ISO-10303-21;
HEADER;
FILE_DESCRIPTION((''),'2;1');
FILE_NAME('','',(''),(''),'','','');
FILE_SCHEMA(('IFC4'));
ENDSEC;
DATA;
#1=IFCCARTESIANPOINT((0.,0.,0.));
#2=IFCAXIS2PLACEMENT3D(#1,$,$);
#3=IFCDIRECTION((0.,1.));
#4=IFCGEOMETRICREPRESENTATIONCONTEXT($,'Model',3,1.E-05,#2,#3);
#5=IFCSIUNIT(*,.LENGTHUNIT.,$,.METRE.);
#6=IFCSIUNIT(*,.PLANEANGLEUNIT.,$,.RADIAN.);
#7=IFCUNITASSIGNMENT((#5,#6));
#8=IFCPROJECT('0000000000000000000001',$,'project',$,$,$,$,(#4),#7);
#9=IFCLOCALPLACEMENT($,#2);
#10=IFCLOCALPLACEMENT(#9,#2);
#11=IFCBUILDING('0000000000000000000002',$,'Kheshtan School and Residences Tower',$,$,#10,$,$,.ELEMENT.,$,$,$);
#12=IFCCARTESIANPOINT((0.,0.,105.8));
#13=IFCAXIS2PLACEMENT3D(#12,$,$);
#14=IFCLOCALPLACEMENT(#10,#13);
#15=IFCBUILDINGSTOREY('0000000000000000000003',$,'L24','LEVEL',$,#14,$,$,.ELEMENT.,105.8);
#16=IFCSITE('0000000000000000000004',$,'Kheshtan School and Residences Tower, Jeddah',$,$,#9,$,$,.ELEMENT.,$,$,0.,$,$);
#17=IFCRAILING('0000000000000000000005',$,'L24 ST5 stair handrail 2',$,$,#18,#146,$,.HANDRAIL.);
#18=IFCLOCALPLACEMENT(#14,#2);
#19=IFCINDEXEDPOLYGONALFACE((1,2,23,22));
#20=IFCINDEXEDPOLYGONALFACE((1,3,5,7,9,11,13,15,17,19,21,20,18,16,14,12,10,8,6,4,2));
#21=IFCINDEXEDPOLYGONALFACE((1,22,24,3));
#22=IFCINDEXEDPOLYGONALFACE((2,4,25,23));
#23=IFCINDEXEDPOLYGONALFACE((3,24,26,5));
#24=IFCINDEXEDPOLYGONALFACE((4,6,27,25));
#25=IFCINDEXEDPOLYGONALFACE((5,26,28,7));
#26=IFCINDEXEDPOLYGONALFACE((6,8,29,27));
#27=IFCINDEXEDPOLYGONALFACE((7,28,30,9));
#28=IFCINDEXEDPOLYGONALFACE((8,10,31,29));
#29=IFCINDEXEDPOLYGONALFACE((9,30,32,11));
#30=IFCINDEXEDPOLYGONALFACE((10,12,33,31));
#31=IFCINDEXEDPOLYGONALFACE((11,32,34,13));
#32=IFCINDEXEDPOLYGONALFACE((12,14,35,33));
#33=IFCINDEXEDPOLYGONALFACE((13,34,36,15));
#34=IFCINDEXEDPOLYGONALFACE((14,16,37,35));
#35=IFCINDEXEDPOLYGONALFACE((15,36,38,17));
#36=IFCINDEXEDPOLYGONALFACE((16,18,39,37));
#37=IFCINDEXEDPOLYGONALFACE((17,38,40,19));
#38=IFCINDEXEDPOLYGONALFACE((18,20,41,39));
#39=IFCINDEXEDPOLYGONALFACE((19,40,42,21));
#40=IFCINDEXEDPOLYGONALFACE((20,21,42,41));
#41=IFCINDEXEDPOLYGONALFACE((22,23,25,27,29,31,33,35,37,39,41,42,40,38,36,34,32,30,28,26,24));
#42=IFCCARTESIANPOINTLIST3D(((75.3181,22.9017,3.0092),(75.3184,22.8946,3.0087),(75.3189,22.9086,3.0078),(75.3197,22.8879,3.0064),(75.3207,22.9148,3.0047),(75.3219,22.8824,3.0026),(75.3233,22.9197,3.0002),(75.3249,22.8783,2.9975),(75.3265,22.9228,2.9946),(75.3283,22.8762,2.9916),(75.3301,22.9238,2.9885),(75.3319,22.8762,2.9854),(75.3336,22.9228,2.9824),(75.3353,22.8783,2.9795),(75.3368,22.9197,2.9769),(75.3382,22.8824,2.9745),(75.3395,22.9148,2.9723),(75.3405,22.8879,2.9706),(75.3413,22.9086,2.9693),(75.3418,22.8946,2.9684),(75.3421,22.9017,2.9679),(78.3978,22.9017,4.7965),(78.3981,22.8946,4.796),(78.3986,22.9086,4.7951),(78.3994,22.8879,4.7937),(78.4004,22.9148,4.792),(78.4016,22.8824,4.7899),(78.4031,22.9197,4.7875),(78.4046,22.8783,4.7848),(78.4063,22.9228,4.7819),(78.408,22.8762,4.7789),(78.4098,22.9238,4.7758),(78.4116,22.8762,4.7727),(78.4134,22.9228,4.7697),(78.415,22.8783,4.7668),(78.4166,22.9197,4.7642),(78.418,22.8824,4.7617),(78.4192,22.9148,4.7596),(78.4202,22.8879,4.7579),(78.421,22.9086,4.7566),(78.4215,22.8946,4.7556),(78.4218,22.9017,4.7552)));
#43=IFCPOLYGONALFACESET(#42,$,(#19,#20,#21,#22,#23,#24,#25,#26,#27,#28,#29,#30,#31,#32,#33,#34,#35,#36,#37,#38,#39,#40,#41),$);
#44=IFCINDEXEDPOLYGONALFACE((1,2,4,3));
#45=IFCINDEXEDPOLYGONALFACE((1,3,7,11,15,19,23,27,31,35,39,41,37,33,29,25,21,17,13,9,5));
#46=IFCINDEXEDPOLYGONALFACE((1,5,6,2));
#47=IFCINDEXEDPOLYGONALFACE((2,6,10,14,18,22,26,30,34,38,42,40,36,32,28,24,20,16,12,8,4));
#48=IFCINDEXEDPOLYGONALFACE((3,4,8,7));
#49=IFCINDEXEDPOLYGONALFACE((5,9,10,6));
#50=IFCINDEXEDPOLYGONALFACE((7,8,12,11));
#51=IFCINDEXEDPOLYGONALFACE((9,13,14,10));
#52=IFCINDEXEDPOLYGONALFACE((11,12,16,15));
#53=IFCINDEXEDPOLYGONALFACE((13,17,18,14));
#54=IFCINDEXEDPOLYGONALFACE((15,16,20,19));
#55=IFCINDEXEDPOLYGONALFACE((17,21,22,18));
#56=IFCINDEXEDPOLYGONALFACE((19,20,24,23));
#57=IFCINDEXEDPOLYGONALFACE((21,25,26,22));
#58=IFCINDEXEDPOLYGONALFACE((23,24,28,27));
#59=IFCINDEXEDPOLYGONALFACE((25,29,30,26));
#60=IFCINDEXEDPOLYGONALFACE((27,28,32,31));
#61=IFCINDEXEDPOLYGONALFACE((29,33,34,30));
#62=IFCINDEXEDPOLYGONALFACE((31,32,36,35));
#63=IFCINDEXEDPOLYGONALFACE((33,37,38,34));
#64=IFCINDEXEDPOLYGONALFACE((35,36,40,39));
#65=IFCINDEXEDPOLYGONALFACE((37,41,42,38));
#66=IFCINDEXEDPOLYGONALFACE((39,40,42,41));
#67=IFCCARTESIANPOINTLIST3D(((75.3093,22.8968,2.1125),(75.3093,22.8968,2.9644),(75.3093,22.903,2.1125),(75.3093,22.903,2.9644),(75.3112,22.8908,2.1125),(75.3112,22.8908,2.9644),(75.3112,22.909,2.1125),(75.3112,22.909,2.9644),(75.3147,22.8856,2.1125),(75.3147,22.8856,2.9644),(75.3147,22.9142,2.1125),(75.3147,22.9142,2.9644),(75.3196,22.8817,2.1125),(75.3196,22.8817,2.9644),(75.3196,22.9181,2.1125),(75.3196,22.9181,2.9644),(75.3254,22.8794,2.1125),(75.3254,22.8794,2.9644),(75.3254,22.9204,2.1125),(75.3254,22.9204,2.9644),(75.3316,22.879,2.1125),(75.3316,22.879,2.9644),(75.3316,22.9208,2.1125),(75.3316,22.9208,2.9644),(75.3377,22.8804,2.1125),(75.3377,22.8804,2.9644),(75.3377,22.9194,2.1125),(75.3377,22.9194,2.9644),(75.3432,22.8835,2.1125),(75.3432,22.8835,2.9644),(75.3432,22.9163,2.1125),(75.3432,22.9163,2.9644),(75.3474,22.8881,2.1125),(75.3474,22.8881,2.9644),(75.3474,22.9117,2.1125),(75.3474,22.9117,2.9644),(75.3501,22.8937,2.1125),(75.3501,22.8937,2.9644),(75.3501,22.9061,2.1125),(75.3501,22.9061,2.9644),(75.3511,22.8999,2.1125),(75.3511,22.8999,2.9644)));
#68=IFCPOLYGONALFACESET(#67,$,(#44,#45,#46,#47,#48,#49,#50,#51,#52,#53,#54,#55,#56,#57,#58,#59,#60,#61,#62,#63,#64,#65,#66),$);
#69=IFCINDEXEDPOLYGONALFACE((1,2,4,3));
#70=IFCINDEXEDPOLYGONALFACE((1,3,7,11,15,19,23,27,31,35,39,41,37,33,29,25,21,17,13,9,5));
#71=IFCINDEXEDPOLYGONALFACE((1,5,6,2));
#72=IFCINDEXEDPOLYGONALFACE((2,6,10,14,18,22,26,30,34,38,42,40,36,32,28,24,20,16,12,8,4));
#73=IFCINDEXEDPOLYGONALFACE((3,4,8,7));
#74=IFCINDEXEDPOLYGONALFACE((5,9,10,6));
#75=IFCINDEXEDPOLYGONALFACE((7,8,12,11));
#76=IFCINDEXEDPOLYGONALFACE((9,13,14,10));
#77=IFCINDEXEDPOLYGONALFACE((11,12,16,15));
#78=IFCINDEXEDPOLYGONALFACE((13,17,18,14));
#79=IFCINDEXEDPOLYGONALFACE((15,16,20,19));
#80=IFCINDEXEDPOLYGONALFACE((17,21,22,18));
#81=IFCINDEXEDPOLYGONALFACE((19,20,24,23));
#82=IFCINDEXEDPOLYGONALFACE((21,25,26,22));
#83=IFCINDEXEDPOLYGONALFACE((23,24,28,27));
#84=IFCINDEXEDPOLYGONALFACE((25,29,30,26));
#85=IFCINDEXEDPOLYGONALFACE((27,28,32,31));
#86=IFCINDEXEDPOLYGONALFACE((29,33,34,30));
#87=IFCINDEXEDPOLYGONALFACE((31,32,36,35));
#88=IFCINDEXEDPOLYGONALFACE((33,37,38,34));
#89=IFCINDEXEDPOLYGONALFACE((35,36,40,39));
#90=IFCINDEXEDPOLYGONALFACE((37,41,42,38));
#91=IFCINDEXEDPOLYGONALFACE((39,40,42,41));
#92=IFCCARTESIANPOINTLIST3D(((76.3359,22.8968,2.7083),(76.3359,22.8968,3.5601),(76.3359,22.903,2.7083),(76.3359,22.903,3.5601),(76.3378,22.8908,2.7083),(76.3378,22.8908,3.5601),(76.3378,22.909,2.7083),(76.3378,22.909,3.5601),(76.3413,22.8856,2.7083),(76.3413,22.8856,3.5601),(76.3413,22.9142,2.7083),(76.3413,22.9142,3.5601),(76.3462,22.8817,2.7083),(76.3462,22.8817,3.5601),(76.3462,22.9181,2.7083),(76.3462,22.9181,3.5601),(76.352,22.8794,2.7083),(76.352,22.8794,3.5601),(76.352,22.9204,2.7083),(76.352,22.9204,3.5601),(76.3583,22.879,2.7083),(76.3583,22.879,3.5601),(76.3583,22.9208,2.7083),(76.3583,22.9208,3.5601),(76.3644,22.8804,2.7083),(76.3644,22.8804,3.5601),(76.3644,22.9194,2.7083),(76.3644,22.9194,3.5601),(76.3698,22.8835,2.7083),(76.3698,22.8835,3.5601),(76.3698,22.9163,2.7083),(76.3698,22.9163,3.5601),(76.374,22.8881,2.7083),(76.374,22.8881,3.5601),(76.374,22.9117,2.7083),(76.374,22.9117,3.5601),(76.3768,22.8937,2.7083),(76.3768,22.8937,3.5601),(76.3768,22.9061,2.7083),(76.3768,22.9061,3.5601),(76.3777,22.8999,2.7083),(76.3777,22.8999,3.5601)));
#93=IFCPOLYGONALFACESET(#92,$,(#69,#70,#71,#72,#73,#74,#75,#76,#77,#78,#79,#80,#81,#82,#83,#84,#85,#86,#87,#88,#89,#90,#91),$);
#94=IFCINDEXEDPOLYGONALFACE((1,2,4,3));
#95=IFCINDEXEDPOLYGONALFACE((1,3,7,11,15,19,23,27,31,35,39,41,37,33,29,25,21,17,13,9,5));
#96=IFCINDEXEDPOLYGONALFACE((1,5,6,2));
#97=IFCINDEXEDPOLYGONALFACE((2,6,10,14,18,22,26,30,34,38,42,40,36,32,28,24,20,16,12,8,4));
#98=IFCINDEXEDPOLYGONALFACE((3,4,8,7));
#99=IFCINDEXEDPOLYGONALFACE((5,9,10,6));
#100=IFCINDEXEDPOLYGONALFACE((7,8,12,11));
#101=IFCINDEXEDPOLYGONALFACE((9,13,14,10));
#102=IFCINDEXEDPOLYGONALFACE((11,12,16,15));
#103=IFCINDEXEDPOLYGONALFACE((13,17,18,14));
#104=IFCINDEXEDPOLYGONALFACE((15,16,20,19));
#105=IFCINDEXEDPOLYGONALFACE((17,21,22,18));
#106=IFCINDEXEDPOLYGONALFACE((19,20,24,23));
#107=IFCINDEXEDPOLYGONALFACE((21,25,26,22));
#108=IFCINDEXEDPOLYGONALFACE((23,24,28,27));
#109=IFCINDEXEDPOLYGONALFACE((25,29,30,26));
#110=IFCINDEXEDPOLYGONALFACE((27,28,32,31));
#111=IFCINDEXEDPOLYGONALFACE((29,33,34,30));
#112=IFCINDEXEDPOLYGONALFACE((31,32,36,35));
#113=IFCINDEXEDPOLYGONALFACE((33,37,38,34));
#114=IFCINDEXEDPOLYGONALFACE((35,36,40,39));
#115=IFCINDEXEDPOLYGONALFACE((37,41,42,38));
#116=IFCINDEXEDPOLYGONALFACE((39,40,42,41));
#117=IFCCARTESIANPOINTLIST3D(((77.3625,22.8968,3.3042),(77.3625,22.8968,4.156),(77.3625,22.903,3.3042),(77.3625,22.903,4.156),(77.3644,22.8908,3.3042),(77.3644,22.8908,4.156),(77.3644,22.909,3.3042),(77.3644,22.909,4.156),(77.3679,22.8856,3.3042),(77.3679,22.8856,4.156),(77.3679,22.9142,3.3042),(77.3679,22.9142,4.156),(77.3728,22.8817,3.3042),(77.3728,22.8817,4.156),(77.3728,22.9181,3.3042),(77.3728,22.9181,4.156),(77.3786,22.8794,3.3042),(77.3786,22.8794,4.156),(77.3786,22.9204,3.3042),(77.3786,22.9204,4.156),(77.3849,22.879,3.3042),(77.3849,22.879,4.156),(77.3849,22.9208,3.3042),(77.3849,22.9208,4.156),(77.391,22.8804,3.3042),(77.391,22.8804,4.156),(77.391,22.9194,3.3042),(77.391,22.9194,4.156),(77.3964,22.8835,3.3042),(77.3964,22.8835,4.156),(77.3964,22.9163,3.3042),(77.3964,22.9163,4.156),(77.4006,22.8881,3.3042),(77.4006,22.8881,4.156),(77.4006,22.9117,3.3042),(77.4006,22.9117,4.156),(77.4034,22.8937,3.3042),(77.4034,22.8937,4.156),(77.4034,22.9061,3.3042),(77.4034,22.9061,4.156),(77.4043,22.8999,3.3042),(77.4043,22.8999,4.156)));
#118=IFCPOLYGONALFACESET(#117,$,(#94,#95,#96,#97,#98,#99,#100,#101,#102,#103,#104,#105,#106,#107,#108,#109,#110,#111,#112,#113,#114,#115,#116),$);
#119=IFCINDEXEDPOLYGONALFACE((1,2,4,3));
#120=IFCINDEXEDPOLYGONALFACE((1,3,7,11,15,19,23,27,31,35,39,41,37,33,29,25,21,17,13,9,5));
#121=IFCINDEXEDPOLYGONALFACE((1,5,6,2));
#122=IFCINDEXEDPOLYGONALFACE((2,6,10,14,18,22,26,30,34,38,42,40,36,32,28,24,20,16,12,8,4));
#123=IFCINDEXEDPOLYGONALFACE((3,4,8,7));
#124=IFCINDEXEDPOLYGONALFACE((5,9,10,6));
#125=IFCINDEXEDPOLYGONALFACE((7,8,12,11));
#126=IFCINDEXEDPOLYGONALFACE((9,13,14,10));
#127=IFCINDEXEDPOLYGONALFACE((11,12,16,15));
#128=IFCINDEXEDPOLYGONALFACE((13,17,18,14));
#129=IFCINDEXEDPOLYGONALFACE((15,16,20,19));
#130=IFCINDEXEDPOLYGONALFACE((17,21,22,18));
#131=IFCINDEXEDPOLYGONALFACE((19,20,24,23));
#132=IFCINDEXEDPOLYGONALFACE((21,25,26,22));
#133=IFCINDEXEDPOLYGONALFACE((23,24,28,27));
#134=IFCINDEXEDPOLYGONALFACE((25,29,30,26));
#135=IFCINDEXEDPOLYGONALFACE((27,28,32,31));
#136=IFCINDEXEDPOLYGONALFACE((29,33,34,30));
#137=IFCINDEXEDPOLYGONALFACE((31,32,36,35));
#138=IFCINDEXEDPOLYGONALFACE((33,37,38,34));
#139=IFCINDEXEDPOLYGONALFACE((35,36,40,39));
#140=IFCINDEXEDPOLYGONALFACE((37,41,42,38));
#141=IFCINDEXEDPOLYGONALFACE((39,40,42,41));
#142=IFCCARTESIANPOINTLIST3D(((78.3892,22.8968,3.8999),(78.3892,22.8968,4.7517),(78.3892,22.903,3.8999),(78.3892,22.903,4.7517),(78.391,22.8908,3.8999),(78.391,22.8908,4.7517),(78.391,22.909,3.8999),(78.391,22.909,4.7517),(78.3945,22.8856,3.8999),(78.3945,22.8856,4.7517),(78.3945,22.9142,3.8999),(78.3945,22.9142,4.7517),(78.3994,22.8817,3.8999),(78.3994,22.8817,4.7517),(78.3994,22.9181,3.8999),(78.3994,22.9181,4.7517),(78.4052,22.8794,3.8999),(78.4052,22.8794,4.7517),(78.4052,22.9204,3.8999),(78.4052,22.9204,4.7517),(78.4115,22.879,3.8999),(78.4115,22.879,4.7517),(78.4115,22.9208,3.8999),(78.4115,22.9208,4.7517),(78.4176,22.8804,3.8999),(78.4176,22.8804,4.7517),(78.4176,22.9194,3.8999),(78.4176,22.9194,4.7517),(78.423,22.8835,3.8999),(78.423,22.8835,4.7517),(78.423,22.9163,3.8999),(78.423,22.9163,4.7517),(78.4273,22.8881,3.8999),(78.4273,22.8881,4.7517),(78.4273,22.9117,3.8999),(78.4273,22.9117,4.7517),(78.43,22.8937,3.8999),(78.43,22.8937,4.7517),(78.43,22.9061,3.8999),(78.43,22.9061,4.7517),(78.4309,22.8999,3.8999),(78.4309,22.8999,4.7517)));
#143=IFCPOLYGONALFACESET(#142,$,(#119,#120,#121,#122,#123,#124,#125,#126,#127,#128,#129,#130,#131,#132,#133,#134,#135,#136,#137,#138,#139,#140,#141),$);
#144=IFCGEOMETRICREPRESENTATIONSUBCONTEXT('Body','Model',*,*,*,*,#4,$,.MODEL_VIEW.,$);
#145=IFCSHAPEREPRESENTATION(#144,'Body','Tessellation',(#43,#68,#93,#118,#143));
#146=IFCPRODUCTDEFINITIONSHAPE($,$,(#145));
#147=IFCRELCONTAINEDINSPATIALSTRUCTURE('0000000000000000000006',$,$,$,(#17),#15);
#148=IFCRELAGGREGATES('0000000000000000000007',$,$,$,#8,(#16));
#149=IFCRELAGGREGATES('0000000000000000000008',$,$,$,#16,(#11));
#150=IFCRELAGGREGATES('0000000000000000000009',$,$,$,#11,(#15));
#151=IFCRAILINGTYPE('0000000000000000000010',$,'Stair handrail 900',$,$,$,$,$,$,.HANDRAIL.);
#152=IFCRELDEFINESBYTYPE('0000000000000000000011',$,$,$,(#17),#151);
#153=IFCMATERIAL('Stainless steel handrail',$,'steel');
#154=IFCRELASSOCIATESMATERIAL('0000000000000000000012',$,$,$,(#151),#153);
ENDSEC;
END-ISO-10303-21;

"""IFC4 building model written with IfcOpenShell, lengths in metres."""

from ifc_helpers import new_model, si_unit, direction, frame, origin, origin_2d, place, context, subcontext, project, spatial, circle, extrude, material, type_object, element, save


model = new_model("IFC4")

# Units and contexts
model_context = context("Model", 3, precision=1e-05, world=origin(), true_north=direction((0.0, 1.0)))
body_context = subcontext(model_context, "Body", "Model", "MODEL_VIEW")
ifc_project = project(units=[si_unit("LENGTHUNIT", "METRE"), si_unit("PLANEANGLEUNIT", "RADIAN")], contexts=[model_context])

# Site, building, storey
site_placement = place(None, origin())
site = spatial("IfcSite", under=ifc_project, at=site_placement, Name="Kheshtan School and Residences Tower, Jeddah", CompositionType="ELEMENT", RefElevation=0.0)
building_placement = place(site_placement, origin())
building = spatial("IfcBuilding", under=site, at=building_placement, Name="Kheshtan School and Residences Tower", CompositionType="ELEMENT")
storey_placement = place(building_placement, frame((0.0, 0.0, 105.8)))
storey = spatial("IfcBuildingStorey", under=building, at=storey_placement, Name="L24", Description="LEVEL", CompositionType="ELEMENT", Elevation=105.8)

# Railing
ifc_material_1 = material(Name="Stainless steel handrail", Category="steel")
railing_type = type_object("IfcRailingType", Name="Stair handrail 900", PredefinedType="HANDRAIL", material=ifc_material_1)
railing_placement = place(storey_placement, frame((75.3301, 22.8999, 2.1125)))
element("IfcRailing", 1, at=railing_placement, inside=storey, type_object=railing_type, Name="L24 ST5 stair handrail 2", PredefinedType="HANDRAIL", context=body_context, shape_type="SweptSolid", body=[
    extrude(circle(Radius=0.0239, at=origin_2d()), frame((0.0, 0.0, 0.876), z_axis=(0.864903, 0.0, 0.501939), x_axis=(0.0, 1.0, 0.0)), (0.0, 0.0, 1.0), 3.5608),
    extrude(circle(Radius=0.021, at=origin_2d()), origin(), (0.0, 0.0, 1.0), 0.8518),
    extrude(circle(Radius=0.021, at=origin_2d()), frame((1.0266, 0.0, 0.5957)), (0.0, 0.0, 1.0), 0.8518),
    extrude(circle(Radius=0.021, at=origin_2d()), frame((2.0532, 0.0, 1.1917)), (0.0, 0.0, 1.0), 0.8518),
    extrude(circle(Radius=0.021, at=origin_2d()), frame((3.0798, 0.0, 1.7874)), (0.0, 0.0, 1.0), 0.8518),
])

save(model, "model.ifc")
